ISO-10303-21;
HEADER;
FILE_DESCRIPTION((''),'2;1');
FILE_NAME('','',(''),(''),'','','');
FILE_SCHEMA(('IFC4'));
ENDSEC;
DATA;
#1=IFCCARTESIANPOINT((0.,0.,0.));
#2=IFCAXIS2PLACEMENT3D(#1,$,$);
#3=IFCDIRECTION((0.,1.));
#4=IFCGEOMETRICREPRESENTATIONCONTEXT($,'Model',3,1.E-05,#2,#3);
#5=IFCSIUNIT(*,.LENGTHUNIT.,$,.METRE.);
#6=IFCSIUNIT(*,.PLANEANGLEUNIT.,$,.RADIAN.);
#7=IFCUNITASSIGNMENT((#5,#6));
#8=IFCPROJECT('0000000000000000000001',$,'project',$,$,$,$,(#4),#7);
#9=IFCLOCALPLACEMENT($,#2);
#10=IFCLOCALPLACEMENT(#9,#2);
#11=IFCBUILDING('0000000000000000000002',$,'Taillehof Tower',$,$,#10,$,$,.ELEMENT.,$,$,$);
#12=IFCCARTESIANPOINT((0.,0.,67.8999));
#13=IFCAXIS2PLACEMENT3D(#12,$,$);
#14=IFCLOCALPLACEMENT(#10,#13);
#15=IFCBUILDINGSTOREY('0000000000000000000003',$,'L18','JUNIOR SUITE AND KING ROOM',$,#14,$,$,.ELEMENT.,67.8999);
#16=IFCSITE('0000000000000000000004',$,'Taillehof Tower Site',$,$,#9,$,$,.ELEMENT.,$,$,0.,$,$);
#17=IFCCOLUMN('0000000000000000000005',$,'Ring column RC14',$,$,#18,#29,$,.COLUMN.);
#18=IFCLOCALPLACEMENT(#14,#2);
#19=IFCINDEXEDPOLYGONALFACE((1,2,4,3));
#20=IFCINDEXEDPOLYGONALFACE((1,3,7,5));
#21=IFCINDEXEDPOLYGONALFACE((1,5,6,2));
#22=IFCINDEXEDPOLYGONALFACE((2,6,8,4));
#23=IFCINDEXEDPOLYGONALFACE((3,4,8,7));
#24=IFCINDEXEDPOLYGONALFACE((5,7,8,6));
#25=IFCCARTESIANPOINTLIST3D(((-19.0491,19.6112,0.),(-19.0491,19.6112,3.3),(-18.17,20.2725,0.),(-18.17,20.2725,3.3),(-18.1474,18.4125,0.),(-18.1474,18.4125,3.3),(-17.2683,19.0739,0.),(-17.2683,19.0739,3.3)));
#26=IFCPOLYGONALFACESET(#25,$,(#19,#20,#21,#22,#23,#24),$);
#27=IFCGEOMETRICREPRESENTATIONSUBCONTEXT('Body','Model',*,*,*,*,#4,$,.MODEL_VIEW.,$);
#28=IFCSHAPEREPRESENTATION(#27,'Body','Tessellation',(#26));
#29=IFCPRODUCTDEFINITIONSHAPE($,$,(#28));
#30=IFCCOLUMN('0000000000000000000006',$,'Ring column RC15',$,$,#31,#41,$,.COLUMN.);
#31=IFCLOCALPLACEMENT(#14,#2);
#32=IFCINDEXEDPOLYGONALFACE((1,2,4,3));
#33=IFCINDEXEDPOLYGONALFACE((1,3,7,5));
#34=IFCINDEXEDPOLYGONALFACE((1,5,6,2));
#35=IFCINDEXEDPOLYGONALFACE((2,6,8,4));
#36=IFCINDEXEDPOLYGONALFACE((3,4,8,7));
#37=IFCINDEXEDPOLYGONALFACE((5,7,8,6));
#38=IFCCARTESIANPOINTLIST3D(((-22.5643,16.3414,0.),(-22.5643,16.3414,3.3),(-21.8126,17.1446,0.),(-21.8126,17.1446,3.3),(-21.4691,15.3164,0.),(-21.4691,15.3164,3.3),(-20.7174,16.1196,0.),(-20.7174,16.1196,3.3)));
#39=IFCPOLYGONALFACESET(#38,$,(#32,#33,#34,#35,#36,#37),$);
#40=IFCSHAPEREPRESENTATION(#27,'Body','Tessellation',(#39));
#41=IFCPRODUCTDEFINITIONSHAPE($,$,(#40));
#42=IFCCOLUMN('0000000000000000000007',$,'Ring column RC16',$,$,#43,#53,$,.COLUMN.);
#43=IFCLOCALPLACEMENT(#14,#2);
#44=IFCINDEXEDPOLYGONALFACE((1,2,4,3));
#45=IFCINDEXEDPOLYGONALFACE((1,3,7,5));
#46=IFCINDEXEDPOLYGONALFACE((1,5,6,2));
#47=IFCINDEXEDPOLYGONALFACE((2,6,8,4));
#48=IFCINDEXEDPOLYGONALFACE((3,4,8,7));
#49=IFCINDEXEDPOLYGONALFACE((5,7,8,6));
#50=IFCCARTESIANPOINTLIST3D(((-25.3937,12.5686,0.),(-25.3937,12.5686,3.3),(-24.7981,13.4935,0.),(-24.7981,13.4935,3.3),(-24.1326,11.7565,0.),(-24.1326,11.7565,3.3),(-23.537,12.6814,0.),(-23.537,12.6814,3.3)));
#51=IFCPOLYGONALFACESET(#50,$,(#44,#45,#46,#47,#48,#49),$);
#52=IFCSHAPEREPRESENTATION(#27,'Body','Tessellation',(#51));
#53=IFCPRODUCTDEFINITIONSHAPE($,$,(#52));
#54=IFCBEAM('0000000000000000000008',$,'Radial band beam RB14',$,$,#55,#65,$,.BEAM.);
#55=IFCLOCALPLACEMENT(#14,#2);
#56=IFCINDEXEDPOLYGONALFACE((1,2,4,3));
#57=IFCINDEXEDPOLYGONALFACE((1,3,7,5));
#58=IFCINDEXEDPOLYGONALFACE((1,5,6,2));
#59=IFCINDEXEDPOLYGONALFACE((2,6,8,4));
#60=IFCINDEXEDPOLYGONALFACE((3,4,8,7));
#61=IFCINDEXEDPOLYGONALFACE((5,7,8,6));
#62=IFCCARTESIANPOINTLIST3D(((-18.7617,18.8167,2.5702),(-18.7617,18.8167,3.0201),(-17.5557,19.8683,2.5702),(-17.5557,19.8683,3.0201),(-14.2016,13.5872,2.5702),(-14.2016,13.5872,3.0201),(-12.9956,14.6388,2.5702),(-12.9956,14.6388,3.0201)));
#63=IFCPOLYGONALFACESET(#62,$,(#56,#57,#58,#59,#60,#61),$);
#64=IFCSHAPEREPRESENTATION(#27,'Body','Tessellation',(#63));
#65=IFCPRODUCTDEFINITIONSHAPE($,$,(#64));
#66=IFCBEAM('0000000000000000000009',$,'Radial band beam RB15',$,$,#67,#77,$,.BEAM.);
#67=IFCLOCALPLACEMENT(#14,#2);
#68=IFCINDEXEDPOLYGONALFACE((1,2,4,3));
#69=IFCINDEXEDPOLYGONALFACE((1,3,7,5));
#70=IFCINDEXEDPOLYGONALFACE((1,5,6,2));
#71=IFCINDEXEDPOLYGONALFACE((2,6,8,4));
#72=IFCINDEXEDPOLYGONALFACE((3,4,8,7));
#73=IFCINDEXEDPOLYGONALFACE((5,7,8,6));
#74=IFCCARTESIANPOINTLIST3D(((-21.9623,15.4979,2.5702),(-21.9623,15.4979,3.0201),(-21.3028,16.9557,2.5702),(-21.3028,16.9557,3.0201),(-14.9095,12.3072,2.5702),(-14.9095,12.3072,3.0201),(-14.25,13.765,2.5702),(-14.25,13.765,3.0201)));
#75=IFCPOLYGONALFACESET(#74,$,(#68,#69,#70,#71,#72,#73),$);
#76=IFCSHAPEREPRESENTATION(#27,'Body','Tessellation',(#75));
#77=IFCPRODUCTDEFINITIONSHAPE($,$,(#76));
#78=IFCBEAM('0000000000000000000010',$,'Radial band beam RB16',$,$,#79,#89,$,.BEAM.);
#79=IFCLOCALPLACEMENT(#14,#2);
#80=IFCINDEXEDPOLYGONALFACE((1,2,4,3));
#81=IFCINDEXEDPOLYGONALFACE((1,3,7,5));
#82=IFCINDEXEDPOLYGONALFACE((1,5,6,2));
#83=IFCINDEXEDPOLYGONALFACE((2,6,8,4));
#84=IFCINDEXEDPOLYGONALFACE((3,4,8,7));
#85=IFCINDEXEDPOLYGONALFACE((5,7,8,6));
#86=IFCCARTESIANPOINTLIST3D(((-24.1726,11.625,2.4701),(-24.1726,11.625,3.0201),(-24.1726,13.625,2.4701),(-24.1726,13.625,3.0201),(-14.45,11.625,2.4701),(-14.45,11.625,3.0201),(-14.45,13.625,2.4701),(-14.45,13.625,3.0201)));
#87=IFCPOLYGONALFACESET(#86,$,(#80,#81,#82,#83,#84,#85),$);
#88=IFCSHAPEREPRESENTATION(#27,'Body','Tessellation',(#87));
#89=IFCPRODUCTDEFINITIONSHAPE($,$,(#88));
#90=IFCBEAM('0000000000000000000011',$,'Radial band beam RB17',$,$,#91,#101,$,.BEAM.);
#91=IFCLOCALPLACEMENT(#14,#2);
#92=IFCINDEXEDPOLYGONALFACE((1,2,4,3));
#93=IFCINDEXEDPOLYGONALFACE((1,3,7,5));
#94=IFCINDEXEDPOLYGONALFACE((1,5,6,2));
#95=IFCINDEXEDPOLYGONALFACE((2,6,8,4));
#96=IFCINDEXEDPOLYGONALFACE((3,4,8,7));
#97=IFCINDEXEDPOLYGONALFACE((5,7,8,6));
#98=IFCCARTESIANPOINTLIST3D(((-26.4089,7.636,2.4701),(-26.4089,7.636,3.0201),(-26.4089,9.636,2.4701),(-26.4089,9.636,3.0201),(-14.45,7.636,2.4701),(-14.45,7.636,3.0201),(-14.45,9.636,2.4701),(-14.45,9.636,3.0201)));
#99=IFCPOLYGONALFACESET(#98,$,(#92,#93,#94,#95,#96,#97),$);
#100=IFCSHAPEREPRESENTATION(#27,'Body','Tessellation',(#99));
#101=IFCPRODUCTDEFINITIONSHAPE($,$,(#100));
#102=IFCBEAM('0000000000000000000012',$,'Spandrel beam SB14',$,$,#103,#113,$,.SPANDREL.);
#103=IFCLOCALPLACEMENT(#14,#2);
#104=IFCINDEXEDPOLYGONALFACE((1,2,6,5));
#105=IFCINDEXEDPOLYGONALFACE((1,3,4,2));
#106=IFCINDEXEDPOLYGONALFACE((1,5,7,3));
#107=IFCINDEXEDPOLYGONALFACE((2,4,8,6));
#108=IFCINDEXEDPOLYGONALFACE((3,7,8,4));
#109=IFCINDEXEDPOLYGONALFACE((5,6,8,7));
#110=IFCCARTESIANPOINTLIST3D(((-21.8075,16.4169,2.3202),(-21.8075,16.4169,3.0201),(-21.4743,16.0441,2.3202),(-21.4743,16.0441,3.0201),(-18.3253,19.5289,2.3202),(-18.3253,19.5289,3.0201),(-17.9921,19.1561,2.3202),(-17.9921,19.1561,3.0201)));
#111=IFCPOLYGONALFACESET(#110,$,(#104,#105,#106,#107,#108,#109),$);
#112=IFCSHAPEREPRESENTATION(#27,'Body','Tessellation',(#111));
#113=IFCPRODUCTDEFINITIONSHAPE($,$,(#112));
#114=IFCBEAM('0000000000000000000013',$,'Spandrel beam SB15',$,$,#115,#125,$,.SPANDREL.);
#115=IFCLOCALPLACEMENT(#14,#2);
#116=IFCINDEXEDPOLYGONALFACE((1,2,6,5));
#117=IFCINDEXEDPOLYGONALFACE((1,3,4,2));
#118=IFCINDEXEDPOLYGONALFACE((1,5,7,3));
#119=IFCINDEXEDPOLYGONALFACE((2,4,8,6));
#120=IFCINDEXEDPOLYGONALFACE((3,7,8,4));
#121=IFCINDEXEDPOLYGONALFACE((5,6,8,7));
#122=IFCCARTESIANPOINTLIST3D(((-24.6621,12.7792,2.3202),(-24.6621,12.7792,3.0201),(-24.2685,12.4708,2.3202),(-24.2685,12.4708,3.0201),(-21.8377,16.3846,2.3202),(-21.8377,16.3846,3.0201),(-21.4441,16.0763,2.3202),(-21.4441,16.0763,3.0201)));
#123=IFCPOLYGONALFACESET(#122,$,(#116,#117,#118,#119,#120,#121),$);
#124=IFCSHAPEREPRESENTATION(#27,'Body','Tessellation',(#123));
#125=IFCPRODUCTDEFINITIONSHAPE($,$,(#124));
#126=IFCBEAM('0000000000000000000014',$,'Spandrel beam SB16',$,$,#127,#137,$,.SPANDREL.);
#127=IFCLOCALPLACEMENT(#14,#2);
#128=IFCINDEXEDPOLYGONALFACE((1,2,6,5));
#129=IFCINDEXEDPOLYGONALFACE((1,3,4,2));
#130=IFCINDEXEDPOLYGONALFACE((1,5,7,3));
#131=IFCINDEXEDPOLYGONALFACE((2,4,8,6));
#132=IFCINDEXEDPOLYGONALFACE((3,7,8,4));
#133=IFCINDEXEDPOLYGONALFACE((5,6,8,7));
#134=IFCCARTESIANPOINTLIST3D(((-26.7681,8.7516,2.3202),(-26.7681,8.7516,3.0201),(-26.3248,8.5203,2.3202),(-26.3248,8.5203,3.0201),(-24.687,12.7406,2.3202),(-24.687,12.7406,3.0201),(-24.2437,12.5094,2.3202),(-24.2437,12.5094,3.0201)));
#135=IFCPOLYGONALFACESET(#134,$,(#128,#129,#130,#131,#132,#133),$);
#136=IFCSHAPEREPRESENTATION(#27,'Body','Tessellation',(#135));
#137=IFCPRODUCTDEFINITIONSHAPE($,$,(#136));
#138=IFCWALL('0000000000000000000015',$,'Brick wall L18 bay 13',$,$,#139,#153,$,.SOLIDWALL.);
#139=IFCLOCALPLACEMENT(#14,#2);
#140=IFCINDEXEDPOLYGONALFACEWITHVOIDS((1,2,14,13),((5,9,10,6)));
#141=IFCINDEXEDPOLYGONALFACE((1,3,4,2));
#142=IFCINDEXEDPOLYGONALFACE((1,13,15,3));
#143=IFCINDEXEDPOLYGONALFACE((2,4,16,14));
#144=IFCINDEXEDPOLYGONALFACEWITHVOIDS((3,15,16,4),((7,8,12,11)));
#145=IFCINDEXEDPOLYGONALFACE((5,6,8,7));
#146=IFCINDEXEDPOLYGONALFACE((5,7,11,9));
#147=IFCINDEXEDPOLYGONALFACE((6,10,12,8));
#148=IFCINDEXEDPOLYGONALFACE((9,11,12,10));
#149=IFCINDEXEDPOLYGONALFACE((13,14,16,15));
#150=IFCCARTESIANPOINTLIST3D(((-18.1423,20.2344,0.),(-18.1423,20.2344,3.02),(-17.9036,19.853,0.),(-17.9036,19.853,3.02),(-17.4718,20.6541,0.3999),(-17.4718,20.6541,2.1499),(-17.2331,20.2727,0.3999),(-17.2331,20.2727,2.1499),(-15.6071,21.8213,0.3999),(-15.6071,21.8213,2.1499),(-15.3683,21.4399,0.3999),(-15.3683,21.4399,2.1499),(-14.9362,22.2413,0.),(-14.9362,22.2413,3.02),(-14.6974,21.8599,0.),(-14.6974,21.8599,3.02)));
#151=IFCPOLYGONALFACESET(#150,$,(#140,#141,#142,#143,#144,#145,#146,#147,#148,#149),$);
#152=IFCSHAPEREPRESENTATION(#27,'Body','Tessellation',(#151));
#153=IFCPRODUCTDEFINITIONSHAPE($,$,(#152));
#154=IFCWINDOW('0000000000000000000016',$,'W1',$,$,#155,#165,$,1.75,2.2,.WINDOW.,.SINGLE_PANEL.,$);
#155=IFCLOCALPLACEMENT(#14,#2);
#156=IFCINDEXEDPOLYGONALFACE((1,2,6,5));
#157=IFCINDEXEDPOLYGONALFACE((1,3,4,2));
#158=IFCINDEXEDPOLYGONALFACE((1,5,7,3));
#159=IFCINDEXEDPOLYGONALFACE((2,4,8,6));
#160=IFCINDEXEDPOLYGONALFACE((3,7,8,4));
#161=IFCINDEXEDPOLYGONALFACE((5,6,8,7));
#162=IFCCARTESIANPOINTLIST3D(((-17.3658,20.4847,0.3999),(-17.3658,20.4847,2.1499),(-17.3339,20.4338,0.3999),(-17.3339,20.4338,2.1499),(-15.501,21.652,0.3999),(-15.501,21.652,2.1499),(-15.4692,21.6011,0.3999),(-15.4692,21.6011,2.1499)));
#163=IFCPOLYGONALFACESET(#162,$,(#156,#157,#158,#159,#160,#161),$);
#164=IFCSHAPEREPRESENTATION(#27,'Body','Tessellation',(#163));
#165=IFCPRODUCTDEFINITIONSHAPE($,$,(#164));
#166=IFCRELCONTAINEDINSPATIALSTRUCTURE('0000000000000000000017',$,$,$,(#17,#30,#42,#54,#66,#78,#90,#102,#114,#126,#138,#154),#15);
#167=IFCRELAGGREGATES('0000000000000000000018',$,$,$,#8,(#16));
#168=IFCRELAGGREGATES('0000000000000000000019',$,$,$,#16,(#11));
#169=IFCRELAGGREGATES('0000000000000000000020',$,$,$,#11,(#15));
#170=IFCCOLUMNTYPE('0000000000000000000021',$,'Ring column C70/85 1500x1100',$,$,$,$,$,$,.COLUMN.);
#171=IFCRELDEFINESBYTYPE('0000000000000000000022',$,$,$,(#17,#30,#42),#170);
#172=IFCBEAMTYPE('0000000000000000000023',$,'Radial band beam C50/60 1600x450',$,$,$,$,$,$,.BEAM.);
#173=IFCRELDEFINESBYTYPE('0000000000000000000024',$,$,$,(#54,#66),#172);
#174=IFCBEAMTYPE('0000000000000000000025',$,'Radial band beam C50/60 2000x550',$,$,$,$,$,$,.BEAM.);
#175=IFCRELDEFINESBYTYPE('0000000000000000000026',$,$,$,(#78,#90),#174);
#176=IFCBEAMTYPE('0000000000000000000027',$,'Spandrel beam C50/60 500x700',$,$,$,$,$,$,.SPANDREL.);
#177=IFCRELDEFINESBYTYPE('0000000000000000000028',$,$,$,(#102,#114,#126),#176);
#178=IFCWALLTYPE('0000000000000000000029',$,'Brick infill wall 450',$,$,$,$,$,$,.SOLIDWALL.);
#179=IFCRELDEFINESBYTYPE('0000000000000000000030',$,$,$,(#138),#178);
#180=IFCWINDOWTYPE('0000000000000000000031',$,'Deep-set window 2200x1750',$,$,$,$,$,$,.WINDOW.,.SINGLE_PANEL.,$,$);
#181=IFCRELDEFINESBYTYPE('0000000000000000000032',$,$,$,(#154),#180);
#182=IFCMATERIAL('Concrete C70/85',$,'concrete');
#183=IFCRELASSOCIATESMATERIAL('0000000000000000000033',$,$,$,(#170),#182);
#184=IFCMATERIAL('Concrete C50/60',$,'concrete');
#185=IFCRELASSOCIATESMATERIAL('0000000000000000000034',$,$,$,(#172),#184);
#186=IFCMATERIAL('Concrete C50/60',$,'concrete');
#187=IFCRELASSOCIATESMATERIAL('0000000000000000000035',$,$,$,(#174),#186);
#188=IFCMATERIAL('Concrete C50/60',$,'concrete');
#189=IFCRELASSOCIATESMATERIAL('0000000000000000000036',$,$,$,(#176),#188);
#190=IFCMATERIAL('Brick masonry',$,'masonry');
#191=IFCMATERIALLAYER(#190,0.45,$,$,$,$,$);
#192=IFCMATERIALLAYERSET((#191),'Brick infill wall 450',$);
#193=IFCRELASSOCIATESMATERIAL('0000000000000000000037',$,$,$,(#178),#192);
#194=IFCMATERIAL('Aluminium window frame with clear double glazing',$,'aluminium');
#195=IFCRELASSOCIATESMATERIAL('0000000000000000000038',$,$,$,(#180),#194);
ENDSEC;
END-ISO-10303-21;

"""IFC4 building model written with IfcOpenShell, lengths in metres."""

from ifc_helpers import new_model, si_unit, direction, frame, frame_2d, origin, origin_2d, place, context, subcontext, project, spatial, rectangle, extrude, material, layer, layer_set, material_profile, profile_set, type_object, element, fill, save


model = new_model("IFC4")

# Units and contexts
model_context = context("Model", 3, precision=1e-05, world=origin(), true_north=direction((0.0, 1.0)))
body_context = subcontext(model_context, "Body", "Model", "MODEL_VIEW")
ifc_project = project(units=[si_unit("LENGTHUNIT", "METRE"), si_unit("PLANEANGLEUNIT", "RADIAN")], contexts=[model_context])

# Site, building, storey
site_placement = place(None, origin())
site = spatial("IfcSite", under=ifc_project, at=site_placement, Name="Taillehof Tower Site", CompositionType="ELEMENT", RefElevation=0.0)
building_placement = place(site_placement, origin())
building = spatial("IfcBuilding", under=site, at=building_placement, Name="Taillehof Tower", CompositionType="ELEMENT")
storey_placement = place(building_placement, frame((0.0, 0.0, 67.8999)))
storey = spatial("IfcBuildingStorey", under=building, at=storey_placement, Name="L18", Description="JUNIOR SUITE AND KING ROOM", CompositionType="ELEMENT", Elevation=67.8999)

# Columns
ifc_material_1 = material(Name="Concrete C70/85", Category="concrete")
ifc_material_profile_1 = material_profile(ifc_material_1, rectangle(XDim=1.5, YDim=1.1001, at=origin_2d()), Name="RC 1500x1100")
ifc_profile_set_1 = profile_set([ifc_material_profile_1], Name="Concrete C70/85")
column_type = type_object("IfcColumnType", Name="Ring column C70/85 1500x1100", PredefinedType="COLUMN", material=ifc_profile_set_1)
for number, where, z_axis, x_axis, name in (
    (1, (-18.1587, 19.3425, 0.0), (0.0, 0.0, 1.0), (-0.601174, 0.799118, 0.0), "Ring column RC14"),
    (2, (-21.6409, 16.2305, 0.0), (0.0, 0.0, 1.0), (-0.730113, 0.683326, 0.0), "Ring column RC15"),
    (3, (-24.4653, 12.625, 0.0), (0.0, 0.0, 1.0), (-0.840754, 0.541418, 0.0), "Ring column RC16"),
):
    element("IfcColumn", number, at=place(storey_placement, frame(where, z_axis=z_axis, x_axis=x_axis)), inside=storey, type_object=column_type, Name=name, PredefinedType="COLUMN", context=body_context, shape_type="SweptSolid", body=[
        extrude(rectangle(XDim=1.5, YDim=1.1001, at=origin_2d()), origin(), (0.0, 0.0, 1.0), 3.3),
    ])

# Beams
ifc_material_2 = material(Name="Concrete C50/60", Category="concrete")
ifc_material_profile_2 = material_profile(ifc_material_2, rectangle(XDim=1.6001, YDim=0.45, at=origin_2d()), Name="RC 1600x450")
ifc_profile_set_2 = profile_set([ifc_material_profile_2], Name="Concrete C50/60")
beam_type_1 = type_object("IfcBeamType", Name="Radial band beam C50/60 1600x450", PredefinedType="BEAM", material=ifc_profile_set_2)
beam_1_placement = place(storey_placement, frame((-18.1587, 19.3425, 2.7952), z_axis=(0.657218, -0.7537, 0.0), x_axis=(0.7537, 0.657218, 0.0)))
element("IfcBeam", 4, at=beam_1_placement, inside=storey, type_object=beam_type_1, Name="Radial band beam RB14", PredefinedType="BEAM", context=body_context, shape_type="SweptSolid", body=[
    extrude(rectangle(XDim=1.6001, YDim=0.45, at=origin_2d()), origin(), (0.0, 0.0, 1.0), 6.9385),
])
beam_2_placement = place(storey_placement, frame((-21.6326, 16.2268, 2.7952), z_axis=(0.911101, -0.412184, 0.0), x_axis=(0.412184, 0.911101, 0.0)))
element("IfcBeam", 5, at=beam_2_placement, inside=storey, type_object=beam_type_1, Name="Radial band beam RB15", PredefinedType="BEAM", context=body_context, shape_type="SweptSolid", body=[
    extrude(rectangle(XDim=1.6001, YDim=0.45, at=origin_2d()), origin(), (0.0, 0.0, 1.0), 7.741),
])
ifc_material_3 = material(Name="Concrete C50/60", Category="concrete")
ifc_material_profile_3 = material_profile(ifc_material_3, rectangle(XDim=2.0, YDim=0.55, at=origin_2d()), Name="RC 2000x550")
ifc_profile_set_3 = profile_set([ifc_material_profile_3], Name="Concrete C50/60")
beam_type_2 = type_object("IfcBeamType", Name="Radial band beam C50/60 2000x550", PredefinedType="BEAM", material=ifc_profile_set_3)
beam_3_placement = place(storey_placement, frame((-24.1726, 12.625, 2.7451), z_axis=(1.0, 0.0, 0.0), x_axis=(0.0, 1.0, 0.0)))
element("IfcBeam", 6, at=beam_3_placement, inside=storey, type_object=beam_type_2, Name="Radial band beam RB16", PredefinedType="BEAM", context=body_context, shape_type="SweptSolid", body=[
    extrude(rectangle(XDim=2.0, YDim=0.55, at=origin_2d()), origin(), (0.0, 0.0, 1.0), 9.7227),
])
beam_4_placement = place(storey_placement, frame((-26.4089, 8.636, 2.7451), z_axis=(1.0, 0.0, 0.0), x_axis=(0.0, 1.0, 0.0)))
element("IfcBeam", 7, at=beam_4_placement, inside=storey, type_object=beam_type_2, Name="Radial band beam RB17", PredefinedType="BEAM", context=body_context, shape_type="SweptSolid", body=[
    extrude(rectangle(XDim=2.0, YDim=0.55, at=origin_2d()), origin(), (0.0, 0.0, 1.0), 11.959),
])
ifc_material_4 = material(Name="Concrete C50/60", Category="concrete")
ifc_material_profile_4 = material_profile(ifc_material_4, rectangle(XDim=0.5, YDim=0.7, at=origin_2d()), Name="RC 500x700")
ifc_profile_set_4 = profile_set([ifc_material_profile_4], Name="Concrete C50/60")
beam_type_3 = type_object("IfcBeamType", Name="Spandrel beam C50/60 500x700", PredefinedType="SPANDREL", material=ifc_profile_set_4)
beam_5_placement = place(storey_placement, frame((-18.1587, 19.3425, 2.6702), z_axis=(-0.745621, -0.66637, 0.0), x_axis=(0.66637, -0.745621, 0.0)))
element("IfcBeam", 8, at=beam_5_placement, inside=storey, type_object=beam_type_3, Name="Spandrel beam SB14", PredefinedType="SPANDREL", context=body_context, shape_type="SweptSolid", body=[
    extrude(rectangle(XDim=0.5, YDim=0.7, at=origin_2d()), origin(), (0.0, 0.0, 1.0), 4.6702),
])
beam_6_placement = place(storey_placement, frame((-21.6409, 16.2305, 2.6702), z_axis=(-0.616686, -0.787209, 0.0), x_axis=(0.787209, -0.616686, 0.0)))
element("IfcBeam", 9, at=beam_6_placement, inside=storey, type_object=beam_type_3, Name="Spandrel beam SB15", PredefinedType="SPANDREL", context=body_context, shape_type="SweptSolid", body=[
    extrude(rectangle(XDim=0.5, YDim=0.7, at=origin_2d()), origin(), (0.0, 0.0, 1.0), 4.5801),
])
beam_7_placement = place(storey_placement, frame((-24.4653, 12.625, 2.6702), z_axis=(-0.462536, -0.8866, 0.0), x_axis=(0.8866, -0.462536, 0.0)))
element("IfcBeam", 10, at=beam_7_placement, inside=storey, type_object=beam_type_3, Name="Spandrel beam SB16", PredefinedType="SPANDREL", context=body_context, shape_type="SweptSolid", body=[
    extrude(rectangle(XDim=0.5, YDim=0.7, at=origin_2d()), origin(), (0.0, 0.0, 1.0), 4.4993),
])

# Wall, opening, window
ifc_material_5 = material(Name="Brick masonry", Category="masonry")
ifc_layer_1 = layer(ifc_material_5, 0.45)
ifc_layer_set_1 = layer_set([ifc_layer_1], Name="Brick infill wall 450")
wall_type_1 = type_object("IfcWallType", Name="Brick infill wall 450", PredefinedType="SOLIDWALL", material=ifc_layer_set_1)
wall_1_placement = place(storey_placement, frame((-14.8169, 22.0505, 0.0), z_axis=(0.0, 0.0, 1.0), x_axis=(-0.847635, -0.530579, 0.0)))
wall_1 = element("IfcWall", 11, at=wall_1_placement, inside=storey, type_object=wall_type_1, Name="Brick wall L18 bay 13", PredefinedType="SOLIDWALL", context=body_context, shape_type="SweptSolid", body=[
    extrude(rectangle(XDim=3.7825, YDim=0.45, at=frame_2d((1.8911, 0.0))), origin(), (0.0, 0.0, 1.0), 3.02),
])
opening_1_placement = place(wall_1_placement, frame((0.7913, 0.0, 0.3999)))
opening_1 = element("IfcOpeningElement", 12, at=opening_1_placement, cuts=wall_1, PredefinedType="OPENING", context=body_context, shape_type="SweptSolid", body=[
    extrude(rectangle(XDim=2.2, YDim=1.75, at=frame_2d((1.1001, 0.875))), frame((0.0, 0.2349, 0.0), z_axis=(0.0, -1.0, 0.0), x_axis=(1.0, 0.0, 0.0)), (0.0, 0.0, 1.0), 0.47),
])
ifc_material_6 = material(Name="Aluminium window frame with clear double glazing", Category="aluminium")
window_type = type_object("IfcWindowType", Name="Deep-set window 2200x1750", PartitioningType="SINGLE_PANEL", PredefinedType="WINDOW", material=ifc_material_6)
window_1_placement = place(opening_1_placement, origin())
window_1 = element("IfcWindow", 13, at=window_1_placement, inside=storey, type_object=window_type, Name="W1", OverallHeight=1.75, OverallWidth=2.2, PartitioningType="SINGLE_PANEL", PredefinedType="WINDOW", context=body_context, shape_type="SweptSolid", body=[
    extrude(rectangle(XDim=2.2, YDim=1.75, at=frame_2d((1.1001, 0.875))), frame((0.0, 0.0349, 0.0), z_axis=(0.0, -1.0, 0.0), x_axis=(1.0, 0.0, 0.0)), (0.0, 0.0, 1.0), 0.0601),
])
fill(opening_1, window_1)

save(model, "model.ifc")
